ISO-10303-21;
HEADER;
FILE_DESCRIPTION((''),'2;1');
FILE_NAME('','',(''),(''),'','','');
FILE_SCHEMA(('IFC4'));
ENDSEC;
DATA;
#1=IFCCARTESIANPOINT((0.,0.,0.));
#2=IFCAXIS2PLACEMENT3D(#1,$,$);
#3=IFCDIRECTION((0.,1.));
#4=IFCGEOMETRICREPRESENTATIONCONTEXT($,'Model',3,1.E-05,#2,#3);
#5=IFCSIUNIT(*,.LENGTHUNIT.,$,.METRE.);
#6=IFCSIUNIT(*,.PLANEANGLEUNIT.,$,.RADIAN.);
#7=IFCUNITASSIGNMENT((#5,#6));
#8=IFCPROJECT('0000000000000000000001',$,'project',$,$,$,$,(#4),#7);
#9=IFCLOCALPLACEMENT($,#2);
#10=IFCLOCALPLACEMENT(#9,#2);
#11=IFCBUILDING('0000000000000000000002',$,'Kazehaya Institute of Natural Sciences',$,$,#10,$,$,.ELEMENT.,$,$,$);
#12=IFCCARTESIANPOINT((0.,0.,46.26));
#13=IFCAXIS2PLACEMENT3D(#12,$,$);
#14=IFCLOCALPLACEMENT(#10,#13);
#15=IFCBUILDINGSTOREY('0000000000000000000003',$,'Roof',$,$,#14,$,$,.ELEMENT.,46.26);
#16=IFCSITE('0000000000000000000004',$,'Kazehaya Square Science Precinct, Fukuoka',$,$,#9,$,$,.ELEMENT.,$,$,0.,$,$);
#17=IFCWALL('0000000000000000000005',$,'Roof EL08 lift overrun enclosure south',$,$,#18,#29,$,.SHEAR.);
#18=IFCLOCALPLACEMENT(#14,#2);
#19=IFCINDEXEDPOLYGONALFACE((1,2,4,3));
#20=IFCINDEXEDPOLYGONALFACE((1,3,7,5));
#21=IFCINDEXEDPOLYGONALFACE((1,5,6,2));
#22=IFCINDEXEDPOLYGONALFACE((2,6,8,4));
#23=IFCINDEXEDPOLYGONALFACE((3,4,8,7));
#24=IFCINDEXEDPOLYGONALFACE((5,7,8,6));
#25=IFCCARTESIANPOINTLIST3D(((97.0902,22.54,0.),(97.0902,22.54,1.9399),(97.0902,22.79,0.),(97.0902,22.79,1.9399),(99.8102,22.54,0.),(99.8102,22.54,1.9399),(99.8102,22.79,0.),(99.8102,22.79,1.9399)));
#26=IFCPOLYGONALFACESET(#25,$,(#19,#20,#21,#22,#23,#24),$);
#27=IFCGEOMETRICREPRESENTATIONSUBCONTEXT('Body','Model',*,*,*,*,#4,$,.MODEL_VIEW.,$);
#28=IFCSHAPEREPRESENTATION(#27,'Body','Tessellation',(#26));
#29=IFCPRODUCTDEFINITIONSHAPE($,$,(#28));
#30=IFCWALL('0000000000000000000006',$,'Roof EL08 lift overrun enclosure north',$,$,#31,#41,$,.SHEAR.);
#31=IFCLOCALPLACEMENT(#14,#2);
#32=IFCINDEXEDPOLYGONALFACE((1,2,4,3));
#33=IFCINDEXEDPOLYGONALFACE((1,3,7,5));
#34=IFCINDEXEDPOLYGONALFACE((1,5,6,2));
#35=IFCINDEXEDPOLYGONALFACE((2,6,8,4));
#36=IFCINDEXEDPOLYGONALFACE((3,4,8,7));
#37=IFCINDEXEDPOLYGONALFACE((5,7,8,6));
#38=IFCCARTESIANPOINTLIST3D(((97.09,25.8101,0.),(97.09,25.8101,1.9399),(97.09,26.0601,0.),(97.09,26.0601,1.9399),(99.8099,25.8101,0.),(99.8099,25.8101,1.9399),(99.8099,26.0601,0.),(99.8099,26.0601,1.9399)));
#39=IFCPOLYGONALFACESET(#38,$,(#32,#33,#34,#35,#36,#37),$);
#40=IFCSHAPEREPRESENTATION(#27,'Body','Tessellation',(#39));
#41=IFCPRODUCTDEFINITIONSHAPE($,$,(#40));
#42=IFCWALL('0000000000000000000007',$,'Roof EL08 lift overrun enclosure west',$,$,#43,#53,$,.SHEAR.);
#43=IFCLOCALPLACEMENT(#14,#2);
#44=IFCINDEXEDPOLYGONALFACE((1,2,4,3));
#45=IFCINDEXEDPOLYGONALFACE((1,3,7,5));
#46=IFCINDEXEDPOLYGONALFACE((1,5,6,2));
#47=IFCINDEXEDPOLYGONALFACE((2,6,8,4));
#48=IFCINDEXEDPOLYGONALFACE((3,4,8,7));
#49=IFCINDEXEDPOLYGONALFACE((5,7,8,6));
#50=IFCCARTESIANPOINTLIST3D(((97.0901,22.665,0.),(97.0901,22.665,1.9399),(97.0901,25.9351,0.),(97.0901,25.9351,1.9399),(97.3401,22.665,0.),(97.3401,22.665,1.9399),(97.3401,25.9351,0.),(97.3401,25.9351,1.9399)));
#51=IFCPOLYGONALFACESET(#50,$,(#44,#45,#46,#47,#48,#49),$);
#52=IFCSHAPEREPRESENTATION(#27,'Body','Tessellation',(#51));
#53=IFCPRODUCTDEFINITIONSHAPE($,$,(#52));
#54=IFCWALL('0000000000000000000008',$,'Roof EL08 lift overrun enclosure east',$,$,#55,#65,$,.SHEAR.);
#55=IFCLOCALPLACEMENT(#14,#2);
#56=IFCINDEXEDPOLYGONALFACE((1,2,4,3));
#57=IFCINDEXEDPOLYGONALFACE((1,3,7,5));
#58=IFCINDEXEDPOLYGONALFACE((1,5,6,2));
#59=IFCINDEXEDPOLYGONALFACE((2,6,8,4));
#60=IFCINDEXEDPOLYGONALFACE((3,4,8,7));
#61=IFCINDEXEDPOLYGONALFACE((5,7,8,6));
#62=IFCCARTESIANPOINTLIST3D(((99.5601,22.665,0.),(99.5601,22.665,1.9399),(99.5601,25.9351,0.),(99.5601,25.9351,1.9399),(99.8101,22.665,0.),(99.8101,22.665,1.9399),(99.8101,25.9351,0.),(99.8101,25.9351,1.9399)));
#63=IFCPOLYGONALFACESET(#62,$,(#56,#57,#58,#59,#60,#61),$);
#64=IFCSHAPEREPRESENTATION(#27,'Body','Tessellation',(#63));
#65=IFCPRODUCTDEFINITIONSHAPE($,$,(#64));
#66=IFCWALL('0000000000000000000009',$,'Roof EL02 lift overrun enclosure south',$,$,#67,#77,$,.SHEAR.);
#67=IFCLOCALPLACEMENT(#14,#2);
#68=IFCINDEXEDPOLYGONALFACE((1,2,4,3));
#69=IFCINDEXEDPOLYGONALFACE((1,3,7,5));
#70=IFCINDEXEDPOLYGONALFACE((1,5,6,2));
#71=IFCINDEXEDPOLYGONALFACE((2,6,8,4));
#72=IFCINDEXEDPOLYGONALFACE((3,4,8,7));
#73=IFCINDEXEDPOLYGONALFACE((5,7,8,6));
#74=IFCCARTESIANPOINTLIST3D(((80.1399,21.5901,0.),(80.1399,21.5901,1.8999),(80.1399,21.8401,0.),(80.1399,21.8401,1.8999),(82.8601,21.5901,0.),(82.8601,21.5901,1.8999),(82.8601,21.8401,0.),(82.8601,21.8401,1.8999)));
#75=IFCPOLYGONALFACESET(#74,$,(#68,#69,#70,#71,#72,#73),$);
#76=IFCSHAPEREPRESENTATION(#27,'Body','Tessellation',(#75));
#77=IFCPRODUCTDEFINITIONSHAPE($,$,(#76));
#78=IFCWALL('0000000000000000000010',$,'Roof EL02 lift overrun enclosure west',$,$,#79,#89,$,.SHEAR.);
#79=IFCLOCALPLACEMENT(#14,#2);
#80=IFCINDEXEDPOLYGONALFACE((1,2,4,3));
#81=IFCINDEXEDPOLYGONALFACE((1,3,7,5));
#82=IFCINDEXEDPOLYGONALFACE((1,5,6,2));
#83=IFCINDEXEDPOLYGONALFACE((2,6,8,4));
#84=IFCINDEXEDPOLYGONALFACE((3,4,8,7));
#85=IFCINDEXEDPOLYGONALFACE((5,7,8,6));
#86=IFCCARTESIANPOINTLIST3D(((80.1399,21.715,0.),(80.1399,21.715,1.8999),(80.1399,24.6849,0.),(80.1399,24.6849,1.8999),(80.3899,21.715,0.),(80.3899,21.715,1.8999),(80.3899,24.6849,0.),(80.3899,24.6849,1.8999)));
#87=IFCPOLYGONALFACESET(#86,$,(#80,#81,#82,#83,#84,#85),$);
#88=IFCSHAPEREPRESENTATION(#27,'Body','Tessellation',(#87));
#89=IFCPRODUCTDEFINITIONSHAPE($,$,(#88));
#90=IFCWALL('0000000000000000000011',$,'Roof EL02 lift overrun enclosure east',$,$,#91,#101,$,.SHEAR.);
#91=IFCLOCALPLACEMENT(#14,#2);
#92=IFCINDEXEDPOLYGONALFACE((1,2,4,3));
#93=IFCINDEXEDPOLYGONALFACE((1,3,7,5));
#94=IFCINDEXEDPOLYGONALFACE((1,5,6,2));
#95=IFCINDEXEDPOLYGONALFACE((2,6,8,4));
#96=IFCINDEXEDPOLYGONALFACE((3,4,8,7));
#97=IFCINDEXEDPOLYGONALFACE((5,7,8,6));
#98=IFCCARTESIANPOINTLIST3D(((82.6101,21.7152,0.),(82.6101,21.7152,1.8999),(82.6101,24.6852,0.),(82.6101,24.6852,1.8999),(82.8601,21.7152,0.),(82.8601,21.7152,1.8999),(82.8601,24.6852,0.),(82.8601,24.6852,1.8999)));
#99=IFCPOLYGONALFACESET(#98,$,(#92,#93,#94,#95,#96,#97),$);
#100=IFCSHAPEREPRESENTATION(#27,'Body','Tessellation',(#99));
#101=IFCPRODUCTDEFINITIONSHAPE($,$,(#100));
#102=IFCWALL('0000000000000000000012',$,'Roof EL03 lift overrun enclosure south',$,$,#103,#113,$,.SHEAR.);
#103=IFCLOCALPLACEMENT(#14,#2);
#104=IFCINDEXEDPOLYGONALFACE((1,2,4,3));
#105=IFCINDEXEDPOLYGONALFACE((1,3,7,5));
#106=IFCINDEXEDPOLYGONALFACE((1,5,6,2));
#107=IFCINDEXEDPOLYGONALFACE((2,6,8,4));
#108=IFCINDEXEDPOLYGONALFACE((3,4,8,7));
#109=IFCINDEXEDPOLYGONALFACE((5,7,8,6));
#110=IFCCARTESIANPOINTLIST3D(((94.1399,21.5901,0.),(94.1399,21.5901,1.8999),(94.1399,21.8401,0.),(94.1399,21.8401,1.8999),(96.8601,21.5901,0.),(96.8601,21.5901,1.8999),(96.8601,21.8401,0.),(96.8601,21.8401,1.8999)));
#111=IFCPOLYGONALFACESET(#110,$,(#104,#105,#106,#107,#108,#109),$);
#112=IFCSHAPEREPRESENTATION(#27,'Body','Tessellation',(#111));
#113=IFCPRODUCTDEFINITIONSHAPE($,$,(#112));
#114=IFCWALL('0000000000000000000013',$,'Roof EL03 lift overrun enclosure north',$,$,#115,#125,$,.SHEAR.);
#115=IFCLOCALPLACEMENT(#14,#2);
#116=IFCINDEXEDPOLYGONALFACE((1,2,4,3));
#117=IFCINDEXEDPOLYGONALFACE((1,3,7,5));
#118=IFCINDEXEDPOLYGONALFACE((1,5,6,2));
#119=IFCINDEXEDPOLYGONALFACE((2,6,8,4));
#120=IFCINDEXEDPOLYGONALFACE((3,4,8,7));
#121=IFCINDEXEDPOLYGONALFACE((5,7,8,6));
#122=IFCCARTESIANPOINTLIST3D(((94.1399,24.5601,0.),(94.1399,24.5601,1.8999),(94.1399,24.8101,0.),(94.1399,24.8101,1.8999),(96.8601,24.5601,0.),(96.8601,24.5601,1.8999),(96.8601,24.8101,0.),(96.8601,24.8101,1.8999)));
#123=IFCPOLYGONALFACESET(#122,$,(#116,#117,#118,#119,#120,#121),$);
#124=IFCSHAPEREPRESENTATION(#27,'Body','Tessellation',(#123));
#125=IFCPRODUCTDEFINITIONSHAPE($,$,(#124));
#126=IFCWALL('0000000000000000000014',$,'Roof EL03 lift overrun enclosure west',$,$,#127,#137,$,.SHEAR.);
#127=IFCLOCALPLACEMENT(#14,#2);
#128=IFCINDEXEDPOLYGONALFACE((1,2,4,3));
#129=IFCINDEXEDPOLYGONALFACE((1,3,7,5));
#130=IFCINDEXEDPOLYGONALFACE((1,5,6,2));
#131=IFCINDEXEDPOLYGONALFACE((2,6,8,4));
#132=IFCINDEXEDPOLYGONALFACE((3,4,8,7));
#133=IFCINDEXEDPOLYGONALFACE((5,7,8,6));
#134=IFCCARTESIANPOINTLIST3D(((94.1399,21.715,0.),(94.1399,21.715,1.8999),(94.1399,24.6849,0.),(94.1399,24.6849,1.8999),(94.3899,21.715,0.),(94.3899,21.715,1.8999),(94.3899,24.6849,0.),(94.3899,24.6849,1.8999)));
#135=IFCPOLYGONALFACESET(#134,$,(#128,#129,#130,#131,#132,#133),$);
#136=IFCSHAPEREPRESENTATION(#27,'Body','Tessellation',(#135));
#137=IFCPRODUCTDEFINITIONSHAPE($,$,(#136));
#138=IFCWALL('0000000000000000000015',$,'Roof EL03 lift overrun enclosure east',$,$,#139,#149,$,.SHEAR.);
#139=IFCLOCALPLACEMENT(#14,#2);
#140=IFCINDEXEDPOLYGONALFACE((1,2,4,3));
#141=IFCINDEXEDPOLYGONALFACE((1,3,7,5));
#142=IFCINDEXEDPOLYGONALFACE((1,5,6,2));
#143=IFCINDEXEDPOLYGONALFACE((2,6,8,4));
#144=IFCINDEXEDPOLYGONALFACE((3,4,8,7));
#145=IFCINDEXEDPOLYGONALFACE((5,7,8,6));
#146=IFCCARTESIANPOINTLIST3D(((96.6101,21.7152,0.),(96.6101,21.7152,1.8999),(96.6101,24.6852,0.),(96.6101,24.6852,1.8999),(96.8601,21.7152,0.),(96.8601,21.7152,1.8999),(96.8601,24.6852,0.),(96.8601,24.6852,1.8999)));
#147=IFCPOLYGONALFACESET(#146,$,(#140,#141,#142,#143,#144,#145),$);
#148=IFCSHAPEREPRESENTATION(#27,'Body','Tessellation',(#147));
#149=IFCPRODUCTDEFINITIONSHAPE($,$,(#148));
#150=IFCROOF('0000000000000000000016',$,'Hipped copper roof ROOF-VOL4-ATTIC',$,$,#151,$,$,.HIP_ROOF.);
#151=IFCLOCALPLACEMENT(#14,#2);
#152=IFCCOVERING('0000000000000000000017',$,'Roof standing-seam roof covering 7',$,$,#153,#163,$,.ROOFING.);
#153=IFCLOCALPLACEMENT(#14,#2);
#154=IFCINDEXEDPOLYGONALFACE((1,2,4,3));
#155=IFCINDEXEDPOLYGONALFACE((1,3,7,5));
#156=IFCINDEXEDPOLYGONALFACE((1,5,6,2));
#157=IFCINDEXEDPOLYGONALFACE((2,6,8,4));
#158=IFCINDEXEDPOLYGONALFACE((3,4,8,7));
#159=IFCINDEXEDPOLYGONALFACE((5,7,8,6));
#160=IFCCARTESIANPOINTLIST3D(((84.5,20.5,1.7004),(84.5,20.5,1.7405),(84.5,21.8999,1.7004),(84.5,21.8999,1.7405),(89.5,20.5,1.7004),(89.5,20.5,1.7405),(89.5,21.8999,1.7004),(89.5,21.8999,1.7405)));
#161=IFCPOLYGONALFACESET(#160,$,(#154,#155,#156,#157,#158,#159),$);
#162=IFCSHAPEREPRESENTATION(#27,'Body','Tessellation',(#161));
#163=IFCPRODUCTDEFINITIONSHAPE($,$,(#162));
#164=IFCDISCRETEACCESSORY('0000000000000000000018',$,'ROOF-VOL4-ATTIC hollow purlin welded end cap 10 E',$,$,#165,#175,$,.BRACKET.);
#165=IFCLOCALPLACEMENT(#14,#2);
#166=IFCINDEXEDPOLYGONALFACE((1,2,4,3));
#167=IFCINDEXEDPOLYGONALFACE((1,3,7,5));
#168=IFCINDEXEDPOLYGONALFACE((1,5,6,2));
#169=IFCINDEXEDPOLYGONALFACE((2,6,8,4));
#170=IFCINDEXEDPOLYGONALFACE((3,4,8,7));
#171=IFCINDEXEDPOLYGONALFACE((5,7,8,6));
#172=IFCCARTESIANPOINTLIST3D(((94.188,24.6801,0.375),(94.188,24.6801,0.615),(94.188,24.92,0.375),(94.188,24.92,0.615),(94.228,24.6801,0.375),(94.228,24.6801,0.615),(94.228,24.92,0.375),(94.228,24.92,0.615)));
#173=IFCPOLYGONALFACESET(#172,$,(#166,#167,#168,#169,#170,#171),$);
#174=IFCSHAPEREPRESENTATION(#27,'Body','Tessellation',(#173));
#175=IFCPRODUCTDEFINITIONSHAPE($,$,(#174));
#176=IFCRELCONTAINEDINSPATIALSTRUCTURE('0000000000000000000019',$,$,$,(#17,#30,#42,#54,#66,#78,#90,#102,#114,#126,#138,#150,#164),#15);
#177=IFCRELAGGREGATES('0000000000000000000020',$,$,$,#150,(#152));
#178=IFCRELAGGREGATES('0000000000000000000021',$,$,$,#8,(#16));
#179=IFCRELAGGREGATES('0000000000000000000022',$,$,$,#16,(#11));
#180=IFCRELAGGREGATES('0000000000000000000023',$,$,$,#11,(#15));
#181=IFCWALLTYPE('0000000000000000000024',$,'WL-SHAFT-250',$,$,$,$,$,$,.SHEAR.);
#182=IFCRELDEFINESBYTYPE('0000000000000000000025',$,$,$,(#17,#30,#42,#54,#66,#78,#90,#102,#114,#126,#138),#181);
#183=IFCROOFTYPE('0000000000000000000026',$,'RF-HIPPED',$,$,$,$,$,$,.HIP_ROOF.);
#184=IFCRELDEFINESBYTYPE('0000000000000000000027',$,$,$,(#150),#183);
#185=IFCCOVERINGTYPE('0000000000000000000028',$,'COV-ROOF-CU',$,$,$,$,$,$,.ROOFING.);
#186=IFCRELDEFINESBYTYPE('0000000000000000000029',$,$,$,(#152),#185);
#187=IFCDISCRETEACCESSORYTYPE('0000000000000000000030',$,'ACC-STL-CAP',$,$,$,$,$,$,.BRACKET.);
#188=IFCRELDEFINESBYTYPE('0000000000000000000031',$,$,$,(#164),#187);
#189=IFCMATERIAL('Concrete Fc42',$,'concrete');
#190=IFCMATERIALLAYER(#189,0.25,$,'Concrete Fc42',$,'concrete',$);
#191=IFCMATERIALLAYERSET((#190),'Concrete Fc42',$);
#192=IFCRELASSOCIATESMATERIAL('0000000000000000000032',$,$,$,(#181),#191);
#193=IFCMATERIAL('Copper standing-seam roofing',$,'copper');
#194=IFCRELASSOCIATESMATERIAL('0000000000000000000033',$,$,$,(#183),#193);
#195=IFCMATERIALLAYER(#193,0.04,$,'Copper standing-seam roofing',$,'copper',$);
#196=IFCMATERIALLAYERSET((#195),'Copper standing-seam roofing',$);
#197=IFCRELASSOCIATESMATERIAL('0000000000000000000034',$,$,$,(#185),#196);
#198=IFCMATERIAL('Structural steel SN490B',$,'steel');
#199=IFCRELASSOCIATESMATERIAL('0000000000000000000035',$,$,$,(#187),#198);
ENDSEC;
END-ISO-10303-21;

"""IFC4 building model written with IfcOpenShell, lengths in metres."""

from ifc_helpers import new_model, si_unit, direction, frame, frame_2d, origin, origin_2d, place, context, subcontext, project, spatial, rectangle, extrude, material, layer, layer_set, type_object, element, aggregate, save


model = new_model("IFC4")

# Units and contexts
model_context = context("Model", 3, precision=1e-05, world=origin(), true_north=direction((0.0, 1.0)))
body_context = subcontext(model_context, "Body", "Model", "MODEL_VIEW")
ifc_project = project(units=[si_unit("LENGTHUNIT", "METRE"), si_unit("PLANEANGLEUNIT", "RADIAN")], contexts=[model_context])

# Site, building, storey
site_placement = place(None, origin())
site = spatial("IfcSite", under=ifc_project, at=site_placement, Name="Kazehaya Square Science Precinct, Fukuoka", CompositionType="ELEMENT", RefElevation=0.0)
building_placement = place(site_placement, origin())
building = spatial("IfcBuilding", under=site, at=building_placement, Name="Kazehaya Institute of Natural Sciences", CompositionType="ELEMENT")
storey_placement = place(building_placement, frame((0.0, 0.0, 46.26)))
storey = spatial("IfcBuildingStorey", under=building, at=storey_placement, Name="Roof", CompositionType="ELEMENT", Elevation=46.26)

# Shared definitions
ifc_material_1 = material(Name="Structural steel SN490B", Category="steel")

# Walls
ifc_material_2 = material(Name="Concrete Fc42", Category="concrete")
ifc_layer_1 = layer(ifc_material_2, 0.25, Name="Concrete Fc42", Category="concrete")
ifc_layer_set_1 = layer_set([ifc_layer_1], Name="Concrete Fc42")
wall_type_1 = type_object("IfcWallType", Name="WL-SHAFT-250", PredefinedType="SHEAR", material=ifc_layer_set_1)
for number, where, z_axis, x_axis, name in (
    (1, (99.8101, 22.665, 0.0), (0.0, 0.0, 1.0), (-1.0, 0.0, 0.0), "Roof EL08 lift overrun enclosure south"),
    (2, (97.0901, 25.9351, 0.0), (0.0, 0.0, 1.0), (1.0, 0.0, 0.0), "Roof EL08 lift overrun enclosure north"),
):
    element("IfcWall", number, at=place(storey_placement, frame(where, z_axis=z_axis, x_axis=x_axis)), inside=storey, type_object=wall_type_1, Name=name, PredefinedType="SHEAR", context=body_context, shape_type="SweptSolid", body=[
        extrude(rectangle(XDim=2.72, YDim=0.25, at=frame_2d((1.3599, 0.0))), origin(), (0.0, 0.0, 1.0), 1.9399),
    ])
for number, where, z_axis, x_axis, name in (
    (3, (97.2151, 22.665, 0.0), (0.0, 0.0, 1.0), (0.0, 1.0, 0.0), "Roof EL08 lift overrun enclosure west"),
    (4, (99.6851, 25.9351, 0.0), (0.0, 0.0, 1.0), (0.0, -1.0, 0.0), "Roof EL08 lift overrun enclosure east"),
):
    element("IfcWall", number, at=place(storey_placement, frame(where, z_axis=z_axis, x_axis=x_axis)), inside=storey, type_object=wall_type_1, Name=name, PredefinedType="SHEAR", context=body_context, shape_type="SweptSolid", body=[
        extrude(rectangle(XDim=3.27, YDim=0.25, at=frame_2d((1.635, 0.0))), origin(), (0.0, 0.0, 1.0), 1.9399),
    ])
wall_1_placement = place(storey_placement, frame((82.8601, 21.7151, 0.0), z_axis=(0.0, 0.0, 1.0), x_axis=(-1.0, 0.0, 0.0)))
element("IfcWall", 5, at=wall_1_placement, inside=storey, type_object=wall_type_1, Name="Roof EL02 lift overrun enclosure south", PredefinedType="SHEAR", context=body_context, shape_type="SweptSolid", body=[
    extrude(rectangle(XDim=2.7202, YDim=0.25, at=frame_2d((1.3601, 0.0))), origin(), (0.0, 0.0, 1.0), 1.8999),
])
for number, where, z_axis, x_axis, name in (
    (6, (80.2649, 21.7151, 0.0), (0.0, 0.0, 1.0), (0.0, 1.0, 0.0), "Roof EL02 lift overrun enclosure west"),
    (7, (82.7351, 24.6851, 0.0), (0.0, 0.0, 1.0), (0.0, -1.0, 0.0), "Roof EL02 lift overrun enclosure east"),
):
    element("IfcWall", number, at=place(storey_placement, frame(where, z_axis=z_axis, x_axis=x_axis)), inside=storey, type_object=wall_type_1, Name=name, PredefinedType="SHEAR", context=body_context, shape_type="SweptSolid", body=[
        extrude(rectangle(XDim=2.97, YDim=0.25, at=frame_2d((1.4849, 0.0))), origin(), (0.0, 0.0, 1.0), 1.8999),
    ])
for number, where, z_axis, x_axis, name in (
    (8, (96.8601, 21.7151, 0.0), (0.0, 0.0, 1.0), (-1.0, 0.0, 0.0), "Roof EL03 lift overrun enclosure south"),
    (9, (94.1399, 24.6851, 0.0), (0.0, 0.0, 1.0), (1.0, 0.0, 0.0), "Roof EL03 lift overrun enclosure north"),
):
    element("IfcWall", number, at=place(storey_placement, frame(where, z_axis=z_axis, x_axis=x_axis)), inside=storey, type_object=wall_type_1, Name=name, PredefinedType="SHEAR", context=body_context, shape_type="SweptSolid", body=[
        extrude(rectangle(XDim=2.7202, YDim=0.25, at=frame_2d((1.3601, 0.0))), origin(), (0.0, 0.0, 1.0), 1.8999),
    ])
for number, where, z_axis, x_axis, name in (
    (10, (94.2649, 21.7151, 0.0), (0.0, 0.0, 1.0), (0.0, 1.0, 0.0), "Roof EL03 lift overrun enclosure west"),
    (11, (96.7351, 24.6851, 0.0), (0.0, 0.0, 1.0), (0.0, -1.0, 0.0), "Roof EL03 lift overrun enclosure east"),
):
    element("IfcWall", number, at=place(storey_placement, frame(where, z_axis=z_axis, x_axis=x_axis)), inside=storey, type_object=wall_type_1, Name=name, PredefinedType="SHEAR", context=body_context, shape_type="SweptSolid", body=[
        extrude(rectangle(XDim=2.97, YDim=0.25, at=frame_2d((1.4849, 0.0))), origin(), (0.0, 0.0, 1.0), 1.8999),
    ])

# Roof, covering
ifc_material_3 = material(Name="Copper standing-seam roofing", Category="copper")
roof_type = type_object("IfcRoofType", Name="RF-HIPPED", PredefinedType="HIP_ROOF", material=ifc_material_3)
roof_placement = place(storey_placement, origin())
roof = element("IfcRoof", 12, at=roof_placement, inside=storey, type_object=roof_type, Name="Hipped copper roof ROOF-VOL4-ATTIC", PredefinedType="HIP_ROOF")
ifc_layer_2 = layer(ifc_material_3, 0.04, Name="Copper standing-seam roofing", Category="copper")
ifc_layer_set_2 = layer_set([ifc_layer_2], Name="Copper standing-seam roofing")
covering_type = type_object("IfcCoveringType", Name="COV-ROOF-CU", PredefinedType="ROOFING", material=ifc_layer_set_2)
covering_placement = place(storey_placement, frame((87.0, 21.2, 1.7004), z_axis=(0.0, 0.0, 1.0), x_axis=(1.0, 0.0, 0.0)))
covering = element("IfcCovering", 13, at=covering_placement, type_object=covering_type, Name="Roof standing-seam roof covering 7", PredefinedType="ROOFING", context=body_context, shape_type="SweptSolid", body=[
    extrude(rectangle(XDim=5.0, YDim=1.3999, at=origin_2d()), origin(), (0.0, 0.0, 1.0), 0.04),
])
aggregate(roof, [covering])

# Discrete accessory
discrete_accessory_type = type_object("IfcDiscreteAccessoryType", Name="ACC-STL-CAP", PredefinedType="BRACKET", material=ifc_material_1)
discrete_accessory_placement = place(storey_placement, frame((94.208, 24.8, 0.375), z_axis=(0.0, 0.0, 1.0), x_axis=(1.0, 0.0, 0.0)))
element("IfcDiscreteAccessory", 14, at=discrete_accessory_placement, inside=storey, type_object=discrete_accessory_type, Name="ROOF-VOL4-ATTIC hollow purlin welded end cap 10 E", PredefinedType="BRACKET", context=body_context, shape_type="SweptSolid", body=[
    extrude(rectangle(XDim=0.04, YDim=0.24, at=origin_2d()), origin(), (0.0, 0.0, 1.0), 0.24),
])

save(model, "model.ifc")
